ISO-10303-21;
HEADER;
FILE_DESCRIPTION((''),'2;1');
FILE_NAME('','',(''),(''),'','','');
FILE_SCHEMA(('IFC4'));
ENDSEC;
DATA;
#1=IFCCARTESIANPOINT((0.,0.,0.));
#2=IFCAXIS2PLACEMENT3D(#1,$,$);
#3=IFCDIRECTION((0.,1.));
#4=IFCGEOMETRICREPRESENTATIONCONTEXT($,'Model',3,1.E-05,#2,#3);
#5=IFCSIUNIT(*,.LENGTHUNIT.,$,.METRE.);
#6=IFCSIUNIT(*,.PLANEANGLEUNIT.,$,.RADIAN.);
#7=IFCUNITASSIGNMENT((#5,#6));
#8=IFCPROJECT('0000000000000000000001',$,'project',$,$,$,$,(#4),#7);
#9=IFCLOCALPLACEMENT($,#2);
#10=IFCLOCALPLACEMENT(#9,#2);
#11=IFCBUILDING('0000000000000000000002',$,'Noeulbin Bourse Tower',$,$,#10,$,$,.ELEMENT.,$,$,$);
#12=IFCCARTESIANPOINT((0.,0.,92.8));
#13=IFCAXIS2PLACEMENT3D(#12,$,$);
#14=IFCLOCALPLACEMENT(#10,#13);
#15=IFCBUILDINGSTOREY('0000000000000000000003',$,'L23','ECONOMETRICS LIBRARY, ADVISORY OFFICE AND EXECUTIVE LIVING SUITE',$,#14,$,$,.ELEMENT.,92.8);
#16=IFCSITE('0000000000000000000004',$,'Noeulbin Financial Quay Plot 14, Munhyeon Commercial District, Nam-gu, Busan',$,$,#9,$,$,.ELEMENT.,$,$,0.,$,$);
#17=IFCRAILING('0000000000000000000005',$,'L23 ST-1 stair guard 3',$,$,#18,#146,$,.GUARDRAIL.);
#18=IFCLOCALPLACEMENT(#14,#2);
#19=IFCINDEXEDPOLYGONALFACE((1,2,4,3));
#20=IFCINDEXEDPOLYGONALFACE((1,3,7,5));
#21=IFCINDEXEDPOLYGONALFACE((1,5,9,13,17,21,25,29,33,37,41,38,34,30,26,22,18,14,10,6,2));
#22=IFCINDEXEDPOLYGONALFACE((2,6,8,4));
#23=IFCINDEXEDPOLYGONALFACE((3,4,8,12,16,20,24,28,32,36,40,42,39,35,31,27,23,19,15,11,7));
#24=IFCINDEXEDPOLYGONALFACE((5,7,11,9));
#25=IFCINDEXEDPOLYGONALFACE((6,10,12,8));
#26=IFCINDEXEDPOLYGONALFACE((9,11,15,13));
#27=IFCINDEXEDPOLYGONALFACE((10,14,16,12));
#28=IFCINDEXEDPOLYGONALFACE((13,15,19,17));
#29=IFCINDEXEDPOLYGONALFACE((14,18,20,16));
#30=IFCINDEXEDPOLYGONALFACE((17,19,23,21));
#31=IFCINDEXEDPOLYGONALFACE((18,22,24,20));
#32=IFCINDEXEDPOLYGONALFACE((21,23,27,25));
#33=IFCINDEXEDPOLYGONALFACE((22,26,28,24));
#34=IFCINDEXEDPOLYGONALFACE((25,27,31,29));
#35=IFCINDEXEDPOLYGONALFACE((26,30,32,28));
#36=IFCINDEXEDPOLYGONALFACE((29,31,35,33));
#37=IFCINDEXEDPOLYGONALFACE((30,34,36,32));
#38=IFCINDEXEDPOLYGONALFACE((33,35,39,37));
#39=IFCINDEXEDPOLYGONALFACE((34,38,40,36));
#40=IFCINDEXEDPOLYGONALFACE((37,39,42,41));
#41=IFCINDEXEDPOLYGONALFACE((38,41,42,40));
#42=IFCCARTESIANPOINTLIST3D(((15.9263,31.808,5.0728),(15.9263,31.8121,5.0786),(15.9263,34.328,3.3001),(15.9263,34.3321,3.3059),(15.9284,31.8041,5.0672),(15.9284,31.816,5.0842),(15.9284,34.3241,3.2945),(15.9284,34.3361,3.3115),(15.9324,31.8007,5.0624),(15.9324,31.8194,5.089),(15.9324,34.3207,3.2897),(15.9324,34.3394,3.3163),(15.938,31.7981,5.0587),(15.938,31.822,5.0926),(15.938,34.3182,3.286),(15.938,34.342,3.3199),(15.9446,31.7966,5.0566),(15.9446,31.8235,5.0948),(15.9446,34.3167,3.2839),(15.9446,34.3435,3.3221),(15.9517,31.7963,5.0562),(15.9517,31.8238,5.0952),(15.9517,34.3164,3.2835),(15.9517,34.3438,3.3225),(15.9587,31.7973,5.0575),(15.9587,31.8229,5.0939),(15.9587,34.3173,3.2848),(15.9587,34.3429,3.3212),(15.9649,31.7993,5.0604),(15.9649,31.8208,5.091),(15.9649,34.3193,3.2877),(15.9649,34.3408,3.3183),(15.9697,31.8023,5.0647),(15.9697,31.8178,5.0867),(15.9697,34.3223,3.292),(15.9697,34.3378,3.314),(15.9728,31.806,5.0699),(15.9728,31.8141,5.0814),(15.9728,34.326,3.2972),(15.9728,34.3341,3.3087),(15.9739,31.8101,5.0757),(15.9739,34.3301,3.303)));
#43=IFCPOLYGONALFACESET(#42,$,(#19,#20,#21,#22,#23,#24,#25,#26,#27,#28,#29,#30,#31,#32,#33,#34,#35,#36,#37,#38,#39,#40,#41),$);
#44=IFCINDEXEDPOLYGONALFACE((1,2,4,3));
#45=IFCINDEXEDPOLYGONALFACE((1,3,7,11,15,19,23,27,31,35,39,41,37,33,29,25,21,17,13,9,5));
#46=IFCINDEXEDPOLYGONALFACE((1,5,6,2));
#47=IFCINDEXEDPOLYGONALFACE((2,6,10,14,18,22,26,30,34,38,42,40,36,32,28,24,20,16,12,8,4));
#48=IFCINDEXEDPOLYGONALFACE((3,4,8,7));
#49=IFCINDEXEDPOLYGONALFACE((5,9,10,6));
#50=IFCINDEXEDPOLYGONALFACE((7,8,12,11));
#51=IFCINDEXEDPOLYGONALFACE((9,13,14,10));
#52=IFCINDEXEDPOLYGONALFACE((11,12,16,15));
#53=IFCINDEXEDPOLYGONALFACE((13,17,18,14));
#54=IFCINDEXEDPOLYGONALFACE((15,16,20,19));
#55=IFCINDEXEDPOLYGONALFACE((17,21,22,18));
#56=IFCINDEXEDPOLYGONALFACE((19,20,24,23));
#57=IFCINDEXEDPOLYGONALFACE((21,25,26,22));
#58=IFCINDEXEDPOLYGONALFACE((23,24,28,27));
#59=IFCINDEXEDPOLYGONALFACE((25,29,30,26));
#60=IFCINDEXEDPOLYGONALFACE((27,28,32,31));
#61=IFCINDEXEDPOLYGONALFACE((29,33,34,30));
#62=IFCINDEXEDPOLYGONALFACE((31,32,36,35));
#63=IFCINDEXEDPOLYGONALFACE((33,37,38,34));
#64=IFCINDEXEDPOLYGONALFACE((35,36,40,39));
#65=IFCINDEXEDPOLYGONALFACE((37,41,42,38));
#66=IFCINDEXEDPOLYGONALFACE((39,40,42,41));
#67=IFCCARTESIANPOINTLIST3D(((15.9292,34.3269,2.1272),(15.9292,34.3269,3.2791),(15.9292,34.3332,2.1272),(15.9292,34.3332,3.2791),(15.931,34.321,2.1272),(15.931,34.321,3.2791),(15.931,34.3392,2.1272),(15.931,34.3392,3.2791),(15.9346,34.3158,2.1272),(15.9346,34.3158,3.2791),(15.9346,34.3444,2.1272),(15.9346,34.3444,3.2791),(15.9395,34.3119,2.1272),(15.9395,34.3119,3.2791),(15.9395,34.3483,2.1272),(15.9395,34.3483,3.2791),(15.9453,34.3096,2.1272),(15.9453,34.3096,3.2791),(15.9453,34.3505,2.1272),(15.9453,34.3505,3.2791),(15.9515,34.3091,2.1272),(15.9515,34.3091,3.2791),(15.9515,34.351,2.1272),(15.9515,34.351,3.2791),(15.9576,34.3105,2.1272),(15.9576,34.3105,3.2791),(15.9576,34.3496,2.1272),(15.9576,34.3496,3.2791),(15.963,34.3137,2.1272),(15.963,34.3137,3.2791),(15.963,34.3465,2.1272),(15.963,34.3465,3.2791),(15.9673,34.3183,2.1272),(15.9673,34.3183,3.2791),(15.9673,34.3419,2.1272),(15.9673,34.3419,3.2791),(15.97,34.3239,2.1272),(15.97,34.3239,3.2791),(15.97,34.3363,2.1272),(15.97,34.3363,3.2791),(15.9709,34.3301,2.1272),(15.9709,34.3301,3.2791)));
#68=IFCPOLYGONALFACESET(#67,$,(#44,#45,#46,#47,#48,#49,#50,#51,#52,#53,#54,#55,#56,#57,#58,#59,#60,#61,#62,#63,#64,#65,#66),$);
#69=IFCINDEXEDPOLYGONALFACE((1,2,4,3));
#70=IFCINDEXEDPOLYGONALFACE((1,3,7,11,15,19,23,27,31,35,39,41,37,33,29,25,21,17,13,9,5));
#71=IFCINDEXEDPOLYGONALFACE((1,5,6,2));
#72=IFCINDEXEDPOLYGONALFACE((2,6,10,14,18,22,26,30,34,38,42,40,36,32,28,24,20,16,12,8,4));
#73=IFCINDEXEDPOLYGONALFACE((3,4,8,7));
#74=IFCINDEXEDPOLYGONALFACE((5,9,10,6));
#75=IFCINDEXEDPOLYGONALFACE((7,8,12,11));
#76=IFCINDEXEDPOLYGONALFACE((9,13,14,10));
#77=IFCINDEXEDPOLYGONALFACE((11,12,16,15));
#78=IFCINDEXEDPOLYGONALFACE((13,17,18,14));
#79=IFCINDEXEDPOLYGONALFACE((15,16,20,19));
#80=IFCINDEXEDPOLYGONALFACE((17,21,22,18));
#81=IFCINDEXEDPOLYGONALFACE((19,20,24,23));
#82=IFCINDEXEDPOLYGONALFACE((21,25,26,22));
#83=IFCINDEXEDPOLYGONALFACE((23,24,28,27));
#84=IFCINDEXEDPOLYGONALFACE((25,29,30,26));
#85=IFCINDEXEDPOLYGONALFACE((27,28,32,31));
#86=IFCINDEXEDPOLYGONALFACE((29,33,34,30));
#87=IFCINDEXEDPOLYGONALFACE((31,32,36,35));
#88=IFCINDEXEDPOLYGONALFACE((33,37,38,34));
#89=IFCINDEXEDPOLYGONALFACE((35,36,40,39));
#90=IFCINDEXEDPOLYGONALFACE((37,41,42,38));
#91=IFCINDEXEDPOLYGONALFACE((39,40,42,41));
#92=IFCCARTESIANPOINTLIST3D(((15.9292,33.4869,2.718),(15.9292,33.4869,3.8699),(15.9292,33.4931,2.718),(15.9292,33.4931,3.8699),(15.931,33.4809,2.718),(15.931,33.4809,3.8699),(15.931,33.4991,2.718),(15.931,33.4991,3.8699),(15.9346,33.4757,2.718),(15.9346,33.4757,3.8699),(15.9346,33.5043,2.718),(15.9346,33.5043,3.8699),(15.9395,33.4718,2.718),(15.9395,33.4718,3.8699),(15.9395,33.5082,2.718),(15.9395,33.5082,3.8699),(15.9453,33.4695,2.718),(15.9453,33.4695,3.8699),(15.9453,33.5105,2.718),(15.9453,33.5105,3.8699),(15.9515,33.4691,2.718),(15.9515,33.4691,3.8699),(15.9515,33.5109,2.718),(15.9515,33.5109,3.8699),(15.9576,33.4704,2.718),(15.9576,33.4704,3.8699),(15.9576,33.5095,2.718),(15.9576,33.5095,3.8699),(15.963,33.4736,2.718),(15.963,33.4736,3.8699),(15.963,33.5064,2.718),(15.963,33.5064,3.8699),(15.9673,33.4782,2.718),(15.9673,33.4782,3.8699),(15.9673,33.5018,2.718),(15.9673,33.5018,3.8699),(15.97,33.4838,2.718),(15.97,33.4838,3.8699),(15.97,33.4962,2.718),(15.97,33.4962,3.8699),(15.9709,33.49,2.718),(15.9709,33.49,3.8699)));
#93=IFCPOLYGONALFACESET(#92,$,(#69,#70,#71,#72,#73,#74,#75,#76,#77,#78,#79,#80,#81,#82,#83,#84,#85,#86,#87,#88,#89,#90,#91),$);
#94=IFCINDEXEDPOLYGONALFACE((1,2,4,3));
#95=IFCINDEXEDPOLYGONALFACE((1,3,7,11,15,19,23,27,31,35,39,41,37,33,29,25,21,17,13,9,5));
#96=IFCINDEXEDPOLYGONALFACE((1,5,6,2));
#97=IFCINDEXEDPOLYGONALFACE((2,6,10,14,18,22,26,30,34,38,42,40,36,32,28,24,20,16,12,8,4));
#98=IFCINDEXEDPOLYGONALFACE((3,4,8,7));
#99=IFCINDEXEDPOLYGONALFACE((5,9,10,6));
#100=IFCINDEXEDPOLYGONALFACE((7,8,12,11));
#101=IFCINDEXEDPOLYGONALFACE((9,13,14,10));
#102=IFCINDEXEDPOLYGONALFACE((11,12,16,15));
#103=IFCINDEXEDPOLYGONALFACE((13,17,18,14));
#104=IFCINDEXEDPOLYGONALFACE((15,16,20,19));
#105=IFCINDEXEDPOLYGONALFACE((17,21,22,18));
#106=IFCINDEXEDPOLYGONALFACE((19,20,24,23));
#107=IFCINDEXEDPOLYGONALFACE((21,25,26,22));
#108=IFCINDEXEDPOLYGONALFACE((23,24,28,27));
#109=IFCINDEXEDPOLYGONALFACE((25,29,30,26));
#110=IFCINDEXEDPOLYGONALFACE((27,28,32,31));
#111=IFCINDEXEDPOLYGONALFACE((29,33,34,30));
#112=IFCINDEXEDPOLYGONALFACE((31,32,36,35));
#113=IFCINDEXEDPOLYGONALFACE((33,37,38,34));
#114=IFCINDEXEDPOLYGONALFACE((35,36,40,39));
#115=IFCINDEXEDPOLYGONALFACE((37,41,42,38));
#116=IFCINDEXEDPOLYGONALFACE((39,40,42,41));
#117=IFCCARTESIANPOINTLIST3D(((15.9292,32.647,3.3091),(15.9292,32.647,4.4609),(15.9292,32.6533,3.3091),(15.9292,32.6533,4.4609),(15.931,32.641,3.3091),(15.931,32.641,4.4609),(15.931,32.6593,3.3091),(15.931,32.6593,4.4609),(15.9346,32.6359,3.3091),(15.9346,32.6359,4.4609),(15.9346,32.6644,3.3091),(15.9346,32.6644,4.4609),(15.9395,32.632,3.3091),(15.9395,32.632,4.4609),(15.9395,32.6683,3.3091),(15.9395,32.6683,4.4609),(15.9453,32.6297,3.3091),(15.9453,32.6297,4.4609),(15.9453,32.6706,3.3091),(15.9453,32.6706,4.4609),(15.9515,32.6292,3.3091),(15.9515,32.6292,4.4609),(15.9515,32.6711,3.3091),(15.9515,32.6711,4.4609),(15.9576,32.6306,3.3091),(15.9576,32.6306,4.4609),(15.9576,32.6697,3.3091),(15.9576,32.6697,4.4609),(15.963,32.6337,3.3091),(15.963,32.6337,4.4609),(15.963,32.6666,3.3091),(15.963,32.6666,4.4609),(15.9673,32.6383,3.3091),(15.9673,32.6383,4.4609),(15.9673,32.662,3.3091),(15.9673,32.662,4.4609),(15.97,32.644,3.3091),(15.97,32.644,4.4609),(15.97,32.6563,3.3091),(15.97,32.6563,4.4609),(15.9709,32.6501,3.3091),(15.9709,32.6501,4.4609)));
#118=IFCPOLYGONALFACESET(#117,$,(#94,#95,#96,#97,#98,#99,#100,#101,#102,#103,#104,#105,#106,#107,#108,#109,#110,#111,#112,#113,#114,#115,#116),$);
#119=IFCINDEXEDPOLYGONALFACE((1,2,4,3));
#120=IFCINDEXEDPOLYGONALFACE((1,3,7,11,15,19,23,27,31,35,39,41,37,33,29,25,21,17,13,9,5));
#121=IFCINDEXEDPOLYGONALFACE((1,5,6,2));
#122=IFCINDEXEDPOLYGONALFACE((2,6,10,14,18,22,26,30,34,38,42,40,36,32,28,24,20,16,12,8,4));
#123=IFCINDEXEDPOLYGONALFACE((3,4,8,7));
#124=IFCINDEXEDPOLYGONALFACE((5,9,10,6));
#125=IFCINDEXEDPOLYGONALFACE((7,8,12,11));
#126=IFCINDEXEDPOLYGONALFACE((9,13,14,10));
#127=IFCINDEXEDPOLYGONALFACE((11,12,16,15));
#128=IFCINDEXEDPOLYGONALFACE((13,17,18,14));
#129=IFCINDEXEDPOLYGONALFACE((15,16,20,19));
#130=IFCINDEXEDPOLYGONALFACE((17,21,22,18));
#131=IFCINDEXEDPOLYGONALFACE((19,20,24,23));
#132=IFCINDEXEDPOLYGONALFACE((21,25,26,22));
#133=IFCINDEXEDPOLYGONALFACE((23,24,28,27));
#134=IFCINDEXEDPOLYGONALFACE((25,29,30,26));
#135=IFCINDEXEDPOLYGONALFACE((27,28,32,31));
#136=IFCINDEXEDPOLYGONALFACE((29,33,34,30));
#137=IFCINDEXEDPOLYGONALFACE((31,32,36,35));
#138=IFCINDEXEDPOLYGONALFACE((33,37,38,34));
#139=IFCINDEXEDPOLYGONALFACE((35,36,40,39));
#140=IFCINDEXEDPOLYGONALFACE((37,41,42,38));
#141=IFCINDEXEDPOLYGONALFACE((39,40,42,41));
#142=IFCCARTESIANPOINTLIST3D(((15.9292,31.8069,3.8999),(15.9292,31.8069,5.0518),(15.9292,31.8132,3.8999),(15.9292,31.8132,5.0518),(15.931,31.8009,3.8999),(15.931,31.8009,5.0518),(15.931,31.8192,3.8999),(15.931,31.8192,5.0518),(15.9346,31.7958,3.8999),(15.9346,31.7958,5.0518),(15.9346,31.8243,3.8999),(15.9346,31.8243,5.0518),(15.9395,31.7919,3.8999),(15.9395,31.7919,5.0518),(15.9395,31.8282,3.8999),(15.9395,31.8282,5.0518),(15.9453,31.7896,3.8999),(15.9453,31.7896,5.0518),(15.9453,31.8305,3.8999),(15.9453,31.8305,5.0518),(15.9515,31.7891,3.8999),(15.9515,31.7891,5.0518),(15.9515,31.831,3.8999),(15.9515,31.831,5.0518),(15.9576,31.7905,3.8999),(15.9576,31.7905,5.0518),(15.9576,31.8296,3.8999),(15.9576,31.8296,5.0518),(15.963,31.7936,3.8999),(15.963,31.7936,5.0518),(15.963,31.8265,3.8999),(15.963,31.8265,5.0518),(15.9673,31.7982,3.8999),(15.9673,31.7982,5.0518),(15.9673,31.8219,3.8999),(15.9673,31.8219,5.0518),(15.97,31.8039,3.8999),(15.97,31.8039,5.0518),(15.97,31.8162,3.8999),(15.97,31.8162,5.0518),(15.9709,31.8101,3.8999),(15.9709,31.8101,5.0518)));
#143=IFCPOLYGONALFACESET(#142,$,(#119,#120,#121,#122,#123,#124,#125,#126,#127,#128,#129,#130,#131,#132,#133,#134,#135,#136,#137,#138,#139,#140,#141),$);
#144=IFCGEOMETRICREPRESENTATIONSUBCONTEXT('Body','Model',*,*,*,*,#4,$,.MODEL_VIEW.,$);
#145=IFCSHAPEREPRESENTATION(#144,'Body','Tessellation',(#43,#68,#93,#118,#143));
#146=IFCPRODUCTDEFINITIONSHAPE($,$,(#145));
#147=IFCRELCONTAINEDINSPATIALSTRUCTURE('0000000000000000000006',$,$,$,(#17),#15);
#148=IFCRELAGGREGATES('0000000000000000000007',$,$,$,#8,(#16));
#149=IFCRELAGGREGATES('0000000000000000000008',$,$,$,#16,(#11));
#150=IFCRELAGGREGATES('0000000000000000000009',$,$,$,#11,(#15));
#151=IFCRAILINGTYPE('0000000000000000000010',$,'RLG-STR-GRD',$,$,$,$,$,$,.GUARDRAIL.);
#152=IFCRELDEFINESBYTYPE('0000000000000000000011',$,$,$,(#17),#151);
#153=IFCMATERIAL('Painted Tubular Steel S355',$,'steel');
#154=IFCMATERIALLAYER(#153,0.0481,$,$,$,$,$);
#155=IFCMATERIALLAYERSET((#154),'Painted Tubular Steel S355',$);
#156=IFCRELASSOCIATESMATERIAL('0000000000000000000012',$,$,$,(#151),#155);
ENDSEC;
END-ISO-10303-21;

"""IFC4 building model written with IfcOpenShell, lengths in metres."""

from ifc_helpers import new_model, si_unit, direction, frame, origin, origin_2d, place, context, subcontext, project, spatial, circle, extrude, material, layer, layer_set, type_object, element, save


model = new_model("IFC4")

# Units and contexts
model_context = context("Model", 3, precision=1e-05, world=origin(), true_north=direction((0.0, 1.0)))
body_context = subcontext(model_context, "Body", "Model", "MODEL_VIEW")
ifc_project = project(units=[si_unit("LENGTHUNIT", "METRE"), si_unit("PLANEANGLEUNIT", "RADIAN")], contexts=[model_context])

# Site, building, storey
site_placement = place(None, origin())
site = spatial("IfcSite", under=ifc_project, at=site_placement, Name="Noeulbin Financial Quay Plot 14, Munhyeon Commercial District, Nam-gu, Busan", CompositionType="ELEMENT", RefElevation=0.0)
building_placement = place(site_placement, origin())
building = spatial("IfcBuilding", under=site, at=building_placement, Name="Noeulbin Bourse Tower", CompositionType="ELEMENT")
storey_placement = place(building_placement, frame((0.0, 0.0, 92.8)))
storey = spatial("IfcBuildingStorey", under=building, at=storey_placement, Name="L23", Description="ECONOMETRICS LIBRARY, ADVISORY OFFICE AND EXECUTIVE LIVING SUITE", CompositionType="ELEMENT", Elevation=92.8)

# Railing
ifc_material_1 = material(Name="Painted Tubular Steel S355", Category="steel")
ifc_layer_1 = layer(ifc_material_1, 0.0481)
ifc_layer_set_1 = layer_set([ifc_layer_1], Name="Painted Tubular Steel S355")
railing_type_1 = type_object("IfcRailingType", Name="RLG-STR-GRD", PredefinedType="GUARDRAIL", material=ifc_layer_set_1)
railing_1_placement = place(storey_placement, frame((15.95, 34.3301, 2.1272)))
element("IfcRailing", 1, at=railing_1_placement, inside=storey, type_object=railing_type_1, Name="L23 ST-1 stair guard 3", PredefinedType="GUARDRAIL", context=body_context, shape_type="SweptSolid", body=[
    extrude(circle(Radius=0.0239, at=origin_2d()), frame((0.0, 0.0, 1.1758), z_axis=(0.0, -0.817904, 0.575354), x_axis=(1.0, 0.0, 0.0)), (0.0, 0.0, 1.0), 3.0811),
    extrude(circle(Radius=0.021, at=origin_2d()), origin(), (0.0, 0.0, 1.0), 1.1519),
    extrude(circle(Radius=0.021, at=origin_2d()), frame((0.0, -0.8401, 0.5908)), (0.0, 0.0, 1.0), 1.1519),
    extrude(circle(Radius=0.021, at=origin_2d()), frame((0.0, -1.6799, 1.1819)), (0.0, 0.0, 1.0), 1.1519),
    extrude(circle(Radius=0.021, at=origin_2d()), frame((0.0, -2.52, 1.7727)), (0.0, 0.0, 1.0), 1.1519),
])

save(model, "model.ifc")
